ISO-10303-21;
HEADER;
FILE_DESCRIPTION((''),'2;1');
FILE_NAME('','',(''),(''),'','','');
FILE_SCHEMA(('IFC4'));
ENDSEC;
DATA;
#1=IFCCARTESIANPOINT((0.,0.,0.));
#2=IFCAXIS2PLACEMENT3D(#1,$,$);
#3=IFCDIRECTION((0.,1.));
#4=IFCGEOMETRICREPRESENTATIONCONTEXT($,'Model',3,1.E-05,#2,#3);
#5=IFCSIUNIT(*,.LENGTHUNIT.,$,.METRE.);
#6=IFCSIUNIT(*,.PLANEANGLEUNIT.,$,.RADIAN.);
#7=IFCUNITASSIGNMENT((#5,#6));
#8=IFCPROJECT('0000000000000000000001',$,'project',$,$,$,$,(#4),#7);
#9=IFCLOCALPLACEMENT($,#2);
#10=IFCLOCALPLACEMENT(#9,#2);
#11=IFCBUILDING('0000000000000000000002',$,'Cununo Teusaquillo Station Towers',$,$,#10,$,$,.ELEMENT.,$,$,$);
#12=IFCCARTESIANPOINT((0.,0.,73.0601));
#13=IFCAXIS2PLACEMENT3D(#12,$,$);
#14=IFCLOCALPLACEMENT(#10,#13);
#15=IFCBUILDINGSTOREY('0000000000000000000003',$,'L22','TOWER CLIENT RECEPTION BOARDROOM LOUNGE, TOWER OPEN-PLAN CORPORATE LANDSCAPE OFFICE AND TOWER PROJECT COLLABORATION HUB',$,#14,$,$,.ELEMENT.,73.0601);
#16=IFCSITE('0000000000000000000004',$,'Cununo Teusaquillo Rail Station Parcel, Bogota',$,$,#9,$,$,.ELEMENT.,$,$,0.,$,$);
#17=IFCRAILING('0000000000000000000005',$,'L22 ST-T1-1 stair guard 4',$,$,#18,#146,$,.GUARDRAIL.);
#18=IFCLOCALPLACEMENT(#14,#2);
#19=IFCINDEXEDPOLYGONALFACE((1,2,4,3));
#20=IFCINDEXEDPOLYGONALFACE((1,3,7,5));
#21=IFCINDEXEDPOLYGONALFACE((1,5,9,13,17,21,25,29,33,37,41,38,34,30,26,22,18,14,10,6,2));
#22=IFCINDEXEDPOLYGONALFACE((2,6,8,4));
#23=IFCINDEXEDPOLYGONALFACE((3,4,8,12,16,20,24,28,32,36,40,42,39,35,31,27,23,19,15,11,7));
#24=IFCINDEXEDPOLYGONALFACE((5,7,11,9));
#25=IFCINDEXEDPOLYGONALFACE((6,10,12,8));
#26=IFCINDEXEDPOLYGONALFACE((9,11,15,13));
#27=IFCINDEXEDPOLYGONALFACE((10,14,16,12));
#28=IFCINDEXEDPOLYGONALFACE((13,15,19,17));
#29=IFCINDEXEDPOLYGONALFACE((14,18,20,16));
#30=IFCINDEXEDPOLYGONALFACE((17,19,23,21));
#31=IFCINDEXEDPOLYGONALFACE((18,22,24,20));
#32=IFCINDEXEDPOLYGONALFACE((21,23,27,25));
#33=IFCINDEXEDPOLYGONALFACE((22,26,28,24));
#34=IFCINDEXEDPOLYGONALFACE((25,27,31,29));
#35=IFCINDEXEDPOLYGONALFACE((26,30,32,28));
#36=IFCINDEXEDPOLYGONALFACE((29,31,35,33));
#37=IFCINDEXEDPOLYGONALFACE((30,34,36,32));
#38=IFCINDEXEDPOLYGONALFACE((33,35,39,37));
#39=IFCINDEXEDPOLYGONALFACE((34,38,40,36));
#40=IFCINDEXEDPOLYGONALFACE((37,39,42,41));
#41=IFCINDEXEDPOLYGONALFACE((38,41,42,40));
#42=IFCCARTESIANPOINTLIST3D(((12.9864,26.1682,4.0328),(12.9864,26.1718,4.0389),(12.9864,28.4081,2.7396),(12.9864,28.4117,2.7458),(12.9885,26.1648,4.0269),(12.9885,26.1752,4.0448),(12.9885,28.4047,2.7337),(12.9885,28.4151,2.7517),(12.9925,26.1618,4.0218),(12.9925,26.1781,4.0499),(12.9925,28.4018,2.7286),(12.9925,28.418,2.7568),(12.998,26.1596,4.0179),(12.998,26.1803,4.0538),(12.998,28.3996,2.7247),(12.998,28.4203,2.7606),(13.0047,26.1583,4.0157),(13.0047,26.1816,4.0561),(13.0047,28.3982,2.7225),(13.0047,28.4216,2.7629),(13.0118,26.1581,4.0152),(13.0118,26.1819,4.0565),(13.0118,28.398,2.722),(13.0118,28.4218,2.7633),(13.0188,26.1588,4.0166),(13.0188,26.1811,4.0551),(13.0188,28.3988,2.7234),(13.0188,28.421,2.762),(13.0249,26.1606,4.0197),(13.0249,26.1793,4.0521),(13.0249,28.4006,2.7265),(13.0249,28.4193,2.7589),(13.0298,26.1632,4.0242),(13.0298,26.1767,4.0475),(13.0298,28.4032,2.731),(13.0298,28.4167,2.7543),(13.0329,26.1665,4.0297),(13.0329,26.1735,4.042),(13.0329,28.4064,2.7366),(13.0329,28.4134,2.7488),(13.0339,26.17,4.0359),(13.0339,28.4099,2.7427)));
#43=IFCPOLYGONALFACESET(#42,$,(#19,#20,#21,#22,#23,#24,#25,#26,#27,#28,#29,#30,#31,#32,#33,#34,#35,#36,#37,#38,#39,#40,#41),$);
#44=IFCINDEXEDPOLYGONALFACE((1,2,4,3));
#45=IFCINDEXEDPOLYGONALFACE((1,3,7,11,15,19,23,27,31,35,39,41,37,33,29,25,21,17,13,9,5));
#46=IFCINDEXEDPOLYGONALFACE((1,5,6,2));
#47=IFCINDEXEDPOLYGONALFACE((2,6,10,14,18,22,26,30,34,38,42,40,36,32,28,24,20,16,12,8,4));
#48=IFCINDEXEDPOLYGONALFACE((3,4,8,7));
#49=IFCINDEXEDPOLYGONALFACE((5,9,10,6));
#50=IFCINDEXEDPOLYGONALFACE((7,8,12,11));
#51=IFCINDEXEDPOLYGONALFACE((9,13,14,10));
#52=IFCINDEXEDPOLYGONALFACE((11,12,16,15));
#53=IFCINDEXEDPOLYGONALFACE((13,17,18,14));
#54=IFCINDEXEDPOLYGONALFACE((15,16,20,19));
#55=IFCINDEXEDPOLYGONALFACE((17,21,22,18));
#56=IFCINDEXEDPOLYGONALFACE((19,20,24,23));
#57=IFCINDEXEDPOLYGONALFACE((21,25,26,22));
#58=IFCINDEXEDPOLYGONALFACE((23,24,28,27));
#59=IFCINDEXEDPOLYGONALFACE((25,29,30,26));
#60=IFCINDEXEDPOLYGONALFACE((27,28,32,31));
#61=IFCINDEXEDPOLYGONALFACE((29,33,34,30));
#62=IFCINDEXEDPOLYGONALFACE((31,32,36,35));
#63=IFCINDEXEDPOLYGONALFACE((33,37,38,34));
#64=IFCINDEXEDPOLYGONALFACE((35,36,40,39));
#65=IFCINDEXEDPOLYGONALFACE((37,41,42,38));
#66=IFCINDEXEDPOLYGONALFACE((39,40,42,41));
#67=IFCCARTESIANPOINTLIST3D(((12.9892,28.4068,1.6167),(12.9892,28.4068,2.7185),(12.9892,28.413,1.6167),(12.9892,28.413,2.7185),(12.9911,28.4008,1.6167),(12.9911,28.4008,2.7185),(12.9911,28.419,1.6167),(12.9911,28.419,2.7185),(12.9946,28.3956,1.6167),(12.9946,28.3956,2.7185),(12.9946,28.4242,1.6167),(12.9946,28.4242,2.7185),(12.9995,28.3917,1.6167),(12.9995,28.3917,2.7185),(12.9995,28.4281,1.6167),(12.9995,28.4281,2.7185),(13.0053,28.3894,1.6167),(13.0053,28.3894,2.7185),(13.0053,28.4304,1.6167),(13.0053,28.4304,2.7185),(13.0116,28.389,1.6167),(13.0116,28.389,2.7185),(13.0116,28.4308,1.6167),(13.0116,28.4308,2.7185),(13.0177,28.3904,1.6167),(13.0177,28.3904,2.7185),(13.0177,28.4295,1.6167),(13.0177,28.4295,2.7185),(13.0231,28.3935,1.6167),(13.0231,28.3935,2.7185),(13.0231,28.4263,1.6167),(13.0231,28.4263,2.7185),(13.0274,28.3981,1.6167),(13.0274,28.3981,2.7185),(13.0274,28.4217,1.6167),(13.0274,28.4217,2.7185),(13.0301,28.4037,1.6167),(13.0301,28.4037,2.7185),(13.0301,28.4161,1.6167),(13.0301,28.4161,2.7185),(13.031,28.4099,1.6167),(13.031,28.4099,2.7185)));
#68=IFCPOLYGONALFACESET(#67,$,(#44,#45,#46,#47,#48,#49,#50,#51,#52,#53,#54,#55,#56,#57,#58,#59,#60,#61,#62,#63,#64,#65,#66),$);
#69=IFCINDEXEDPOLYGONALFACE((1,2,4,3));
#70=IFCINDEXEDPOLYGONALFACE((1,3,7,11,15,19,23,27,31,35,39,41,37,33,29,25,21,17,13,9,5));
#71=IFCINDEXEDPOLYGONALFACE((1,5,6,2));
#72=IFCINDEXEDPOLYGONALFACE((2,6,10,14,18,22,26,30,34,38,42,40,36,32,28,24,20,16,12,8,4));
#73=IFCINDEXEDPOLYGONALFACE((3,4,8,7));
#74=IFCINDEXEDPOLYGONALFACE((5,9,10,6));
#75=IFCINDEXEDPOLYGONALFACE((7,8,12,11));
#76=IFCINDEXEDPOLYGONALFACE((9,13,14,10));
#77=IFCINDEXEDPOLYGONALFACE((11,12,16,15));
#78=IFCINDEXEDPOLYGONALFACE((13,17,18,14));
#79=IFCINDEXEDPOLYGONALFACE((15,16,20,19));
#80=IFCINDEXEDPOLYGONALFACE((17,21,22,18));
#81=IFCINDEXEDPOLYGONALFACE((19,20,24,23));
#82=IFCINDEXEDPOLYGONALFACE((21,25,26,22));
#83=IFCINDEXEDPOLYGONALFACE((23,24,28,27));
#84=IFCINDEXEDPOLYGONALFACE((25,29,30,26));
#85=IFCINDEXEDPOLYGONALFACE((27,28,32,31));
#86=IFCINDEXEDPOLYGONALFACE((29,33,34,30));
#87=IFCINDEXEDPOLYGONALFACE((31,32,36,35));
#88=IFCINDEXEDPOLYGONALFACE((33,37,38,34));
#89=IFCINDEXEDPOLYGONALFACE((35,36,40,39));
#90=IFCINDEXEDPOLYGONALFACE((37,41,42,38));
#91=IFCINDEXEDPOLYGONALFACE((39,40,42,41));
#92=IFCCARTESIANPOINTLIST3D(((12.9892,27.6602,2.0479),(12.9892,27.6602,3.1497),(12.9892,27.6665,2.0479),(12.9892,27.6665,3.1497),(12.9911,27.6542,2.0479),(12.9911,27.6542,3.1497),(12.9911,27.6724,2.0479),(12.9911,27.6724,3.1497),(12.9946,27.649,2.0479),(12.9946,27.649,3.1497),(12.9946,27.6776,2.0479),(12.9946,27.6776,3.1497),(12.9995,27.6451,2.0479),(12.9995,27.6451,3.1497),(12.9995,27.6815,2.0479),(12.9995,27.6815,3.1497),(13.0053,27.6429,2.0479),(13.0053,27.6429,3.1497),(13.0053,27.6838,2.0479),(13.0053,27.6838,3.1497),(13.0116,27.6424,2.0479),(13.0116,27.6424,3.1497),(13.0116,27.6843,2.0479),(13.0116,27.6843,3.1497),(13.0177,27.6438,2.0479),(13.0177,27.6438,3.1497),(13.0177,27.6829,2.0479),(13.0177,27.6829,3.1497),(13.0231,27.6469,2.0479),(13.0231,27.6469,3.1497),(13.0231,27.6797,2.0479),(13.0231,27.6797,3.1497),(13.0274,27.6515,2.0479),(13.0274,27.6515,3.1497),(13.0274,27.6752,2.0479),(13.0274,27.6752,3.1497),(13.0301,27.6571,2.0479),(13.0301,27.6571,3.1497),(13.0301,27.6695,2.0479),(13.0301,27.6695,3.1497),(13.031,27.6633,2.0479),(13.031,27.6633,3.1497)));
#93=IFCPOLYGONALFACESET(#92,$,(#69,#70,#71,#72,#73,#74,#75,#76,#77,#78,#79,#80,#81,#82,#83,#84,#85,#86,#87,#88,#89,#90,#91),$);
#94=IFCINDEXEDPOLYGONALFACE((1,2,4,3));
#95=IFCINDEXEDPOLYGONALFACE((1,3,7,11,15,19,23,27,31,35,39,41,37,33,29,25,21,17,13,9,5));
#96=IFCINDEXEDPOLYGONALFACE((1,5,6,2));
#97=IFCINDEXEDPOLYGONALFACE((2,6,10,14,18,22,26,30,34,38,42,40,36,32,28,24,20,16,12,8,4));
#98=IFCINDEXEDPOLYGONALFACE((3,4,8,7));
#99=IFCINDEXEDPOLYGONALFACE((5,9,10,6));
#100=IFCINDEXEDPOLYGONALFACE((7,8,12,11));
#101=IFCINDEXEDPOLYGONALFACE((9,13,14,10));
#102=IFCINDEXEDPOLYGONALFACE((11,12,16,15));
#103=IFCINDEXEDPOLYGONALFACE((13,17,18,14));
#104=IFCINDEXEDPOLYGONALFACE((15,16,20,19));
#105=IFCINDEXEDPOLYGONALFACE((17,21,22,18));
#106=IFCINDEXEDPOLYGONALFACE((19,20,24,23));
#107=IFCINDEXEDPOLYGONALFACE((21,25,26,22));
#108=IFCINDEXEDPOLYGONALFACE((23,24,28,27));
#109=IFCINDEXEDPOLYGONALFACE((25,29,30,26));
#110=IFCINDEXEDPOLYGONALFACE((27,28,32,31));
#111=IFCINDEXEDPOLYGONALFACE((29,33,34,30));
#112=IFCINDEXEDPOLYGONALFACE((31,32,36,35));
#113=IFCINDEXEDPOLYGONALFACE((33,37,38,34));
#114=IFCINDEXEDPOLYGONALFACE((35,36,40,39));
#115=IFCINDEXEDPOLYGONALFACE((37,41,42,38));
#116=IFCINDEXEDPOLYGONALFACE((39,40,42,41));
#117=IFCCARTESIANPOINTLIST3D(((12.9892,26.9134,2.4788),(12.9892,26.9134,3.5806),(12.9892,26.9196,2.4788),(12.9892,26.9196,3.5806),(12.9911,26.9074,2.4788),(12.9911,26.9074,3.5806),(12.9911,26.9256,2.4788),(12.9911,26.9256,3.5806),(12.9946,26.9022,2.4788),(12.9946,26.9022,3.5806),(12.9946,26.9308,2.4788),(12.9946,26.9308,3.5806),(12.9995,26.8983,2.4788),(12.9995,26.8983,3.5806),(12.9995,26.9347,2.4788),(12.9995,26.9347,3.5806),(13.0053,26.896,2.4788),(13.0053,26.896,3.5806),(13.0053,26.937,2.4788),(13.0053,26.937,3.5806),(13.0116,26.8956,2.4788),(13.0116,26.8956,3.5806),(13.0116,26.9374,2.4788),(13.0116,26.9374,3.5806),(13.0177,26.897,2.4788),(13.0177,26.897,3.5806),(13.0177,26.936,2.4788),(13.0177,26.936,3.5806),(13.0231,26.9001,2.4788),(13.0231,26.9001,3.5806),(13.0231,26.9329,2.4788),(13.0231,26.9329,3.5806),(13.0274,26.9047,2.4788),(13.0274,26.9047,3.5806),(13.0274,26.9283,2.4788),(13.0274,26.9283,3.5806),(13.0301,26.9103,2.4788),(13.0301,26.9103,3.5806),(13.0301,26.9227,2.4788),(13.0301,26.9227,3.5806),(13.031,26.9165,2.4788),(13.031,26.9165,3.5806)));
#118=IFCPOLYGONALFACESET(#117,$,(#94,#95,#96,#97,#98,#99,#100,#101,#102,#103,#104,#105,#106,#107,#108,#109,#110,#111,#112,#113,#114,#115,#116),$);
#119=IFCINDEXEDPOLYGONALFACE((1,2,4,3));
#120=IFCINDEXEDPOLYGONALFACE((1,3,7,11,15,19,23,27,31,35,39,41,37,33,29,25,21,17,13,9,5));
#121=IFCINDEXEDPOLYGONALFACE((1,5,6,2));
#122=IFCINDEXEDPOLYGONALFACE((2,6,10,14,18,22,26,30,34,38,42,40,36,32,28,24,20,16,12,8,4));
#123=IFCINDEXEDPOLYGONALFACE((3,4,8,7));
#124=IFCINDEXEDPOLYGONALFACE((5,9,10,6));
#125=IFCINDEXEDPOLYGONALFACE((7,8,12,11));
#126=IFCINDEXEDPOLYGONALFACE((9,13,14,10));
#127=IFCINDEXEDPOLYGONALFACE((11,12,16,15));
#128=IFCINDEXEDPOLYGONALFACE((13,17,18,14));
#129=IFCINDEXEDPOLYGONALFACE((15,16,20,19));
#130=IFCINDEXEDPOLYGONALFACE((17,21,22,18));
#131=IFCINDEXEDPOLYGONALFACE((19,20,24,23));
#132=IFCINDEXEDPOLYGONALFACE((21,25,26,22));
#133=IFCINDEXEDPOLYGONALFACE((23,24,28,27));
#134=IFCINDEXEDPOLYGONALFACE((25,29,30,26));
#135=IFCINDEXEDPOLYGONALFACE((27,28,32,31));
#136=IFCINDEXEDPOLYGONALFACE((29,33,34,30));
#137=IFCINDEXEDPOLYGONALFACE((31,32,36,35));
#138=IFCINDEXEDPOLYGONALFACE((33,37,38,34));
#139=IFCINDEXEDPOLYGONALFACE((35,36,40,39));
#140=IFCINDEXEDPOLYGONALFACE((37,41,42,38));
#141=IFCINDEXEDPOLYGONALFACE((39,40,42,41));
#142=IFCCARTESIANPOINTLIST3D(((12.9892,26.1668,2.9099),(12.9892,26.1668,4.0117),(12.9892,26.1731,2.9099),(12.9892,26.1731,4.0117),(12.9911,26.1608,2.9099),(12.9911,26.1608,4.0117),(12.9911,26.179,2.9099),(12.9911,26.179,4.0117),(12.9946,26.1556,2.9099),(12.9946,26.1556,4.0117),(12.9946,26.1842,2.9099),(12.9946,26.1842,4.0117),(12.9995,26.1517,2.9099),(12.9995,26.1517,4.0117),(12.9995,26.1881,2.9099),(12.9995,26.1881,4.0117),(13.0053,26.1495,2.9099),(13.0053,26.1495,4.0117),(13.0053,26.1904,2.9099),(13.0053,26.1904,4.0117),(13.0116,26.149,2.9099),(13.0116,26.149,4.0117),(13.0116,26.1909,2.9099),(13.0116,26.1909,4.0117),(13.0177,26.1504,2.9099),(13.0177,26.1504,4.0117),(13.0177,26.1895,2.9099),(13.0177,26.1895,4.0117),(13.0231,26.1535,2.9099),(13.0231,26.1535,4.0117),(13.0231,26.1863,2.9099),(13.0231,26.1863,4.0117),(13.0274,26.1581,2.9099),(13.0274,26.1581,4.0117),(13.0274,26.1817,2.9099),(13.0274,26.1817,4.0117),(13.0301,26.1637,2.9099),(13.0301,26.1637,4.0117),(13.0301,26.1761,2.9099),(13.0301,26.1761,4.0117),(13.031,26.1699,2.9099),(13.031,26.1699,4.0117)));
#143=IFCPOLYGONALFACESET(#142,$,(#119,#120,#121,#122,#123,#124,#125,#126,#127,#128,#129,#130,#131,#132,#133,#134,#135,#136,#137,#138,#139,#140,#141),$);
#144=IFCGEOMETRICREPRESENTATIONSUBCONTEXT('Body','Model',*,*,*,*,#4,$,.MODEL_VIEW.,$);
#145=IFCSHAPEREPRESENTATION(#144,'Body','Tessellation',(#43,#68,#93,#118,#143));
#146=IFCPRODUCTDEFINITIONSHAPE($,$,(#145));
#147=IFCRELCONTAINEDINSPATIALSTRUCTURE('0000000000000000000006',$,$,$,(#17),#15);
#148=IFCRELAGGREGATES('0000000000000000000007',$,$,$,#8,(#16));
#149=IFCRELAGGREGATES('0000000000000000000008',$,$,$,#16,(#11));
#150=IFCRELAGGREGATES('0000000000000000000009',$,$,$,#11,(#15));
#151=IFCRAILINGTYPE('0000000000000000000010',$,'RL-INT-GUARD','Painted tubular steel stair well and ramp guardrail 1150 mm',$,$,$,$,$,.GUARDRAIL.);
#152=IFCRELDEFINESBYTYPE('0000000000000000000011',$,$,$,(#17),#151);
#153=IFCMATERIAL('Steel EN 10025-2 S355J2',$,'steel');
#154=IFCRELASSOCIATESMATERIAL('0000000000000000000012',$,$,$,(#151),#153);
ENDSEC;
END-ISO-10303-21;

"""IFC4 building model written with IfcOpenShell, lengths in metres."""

from ifc_helpers import new_model, si_unit, direction, frame, origin, origin_2d, place, context, subcontext, project, spatial, circle, extrude, material, type_object, element, save


model = new_model("IFC4")

# Units and contexts
model_context = context("Model", 3, precision=1e-05, world=origin(), true_north=direction((0.0, 1.0)))
body_context = subcontext(model_context, "Body", "Model", "MODEL_VIEW")
ifc_project = project(units=[si_unit("LENGTHUNIT", "METRE"), si_unit("PLANEANGLEUNIT", "RADIAN")], contexts=[model_context])

# Site, building, storey
site_placement = place(None, origin())
site = spatial("IfcSite", under=ifc_project, at=site_placement, Name="Cununo Teusaquillo Rail Station Parcel, Bogota", CompositionType="ELEMENT", RefElevation=0.0)
building_placement = place(site_placement, origin())
building = spatial("IfcBuilding", under=site, at=building_placement, Name="Cununo Teusaquillo Station Towers", CompositionType="ELEMENT")
storey_placement = place(building_placement, frame((0.0, 0.0, 73.0601)))
storey = spatial("IfcBuildingStorey", under=building, at=storey_placement, Name="L22", Description="TOWER CLIENT RECEPTION BOARDROOM LOUNGE, TOWER OPEN-PLAN CORPORATE LANDSCAPE OFFICE AND TOWER PROJECT COLLABORATION HUB", CompositionType="ELEMENT", Elevation=73.0601)

# Railing
ifc_material_1 = material(Name="Steel EN 10025-2 S355J2", Category="steel")
railing_type_1 = type_object("IfcRailingType", Name="RL-INT-GUARD", Description="Painted tubular steel stair well and ramp guardrail 1150 mm", PredefinedType="GUARDRAIL", material=ifc_material_1)
railing_1_placement = place(storey_placement, frame((13.01, 28.4099, 1.6167)))
element("IfcRailing", 1, at=railing_1_placement, inside=storey, type_object=railing_type_1, Name="L22 ST-T1-1 stair guard 4", PredefinedType="GUARDRAIL", context=body_context, shape_type="SweptSolid", body=[
    extrude(circle(Radius=0.0239, at=origin_2d()), frame((0.0, 0.0, 1.126), z_axis=(0.0, -0.866033, 0.499987), x_axis=(1.0, 0.0, 0.0)), (0.0, 0.0, 1.0), 2.5864),
    extrude(circle(Radius=0.021, at=origin_2d()), origin(), (0.0, 0.0, 1.0), 1.1018),
    extrude(circle(Radius=0.021, at=origin_2d()), frame((0.0, -0.7466, 0.4312)), (0.0, 0.0, 1.0), 1.1018),
    extrude(circle(Radius=0.021, at=origin_2d()), frame((0.0, -1.4934, 0.8621)), (0.0, 0.0, 1.0), 1.1018),
    extrude(circle(Radius=0.021, at=origin_2d()), frame((0.0, -2.24, 1.2932)), (0.0, 0.0, 1.0), 1.1018),
])

save(model, "model.ifc")
